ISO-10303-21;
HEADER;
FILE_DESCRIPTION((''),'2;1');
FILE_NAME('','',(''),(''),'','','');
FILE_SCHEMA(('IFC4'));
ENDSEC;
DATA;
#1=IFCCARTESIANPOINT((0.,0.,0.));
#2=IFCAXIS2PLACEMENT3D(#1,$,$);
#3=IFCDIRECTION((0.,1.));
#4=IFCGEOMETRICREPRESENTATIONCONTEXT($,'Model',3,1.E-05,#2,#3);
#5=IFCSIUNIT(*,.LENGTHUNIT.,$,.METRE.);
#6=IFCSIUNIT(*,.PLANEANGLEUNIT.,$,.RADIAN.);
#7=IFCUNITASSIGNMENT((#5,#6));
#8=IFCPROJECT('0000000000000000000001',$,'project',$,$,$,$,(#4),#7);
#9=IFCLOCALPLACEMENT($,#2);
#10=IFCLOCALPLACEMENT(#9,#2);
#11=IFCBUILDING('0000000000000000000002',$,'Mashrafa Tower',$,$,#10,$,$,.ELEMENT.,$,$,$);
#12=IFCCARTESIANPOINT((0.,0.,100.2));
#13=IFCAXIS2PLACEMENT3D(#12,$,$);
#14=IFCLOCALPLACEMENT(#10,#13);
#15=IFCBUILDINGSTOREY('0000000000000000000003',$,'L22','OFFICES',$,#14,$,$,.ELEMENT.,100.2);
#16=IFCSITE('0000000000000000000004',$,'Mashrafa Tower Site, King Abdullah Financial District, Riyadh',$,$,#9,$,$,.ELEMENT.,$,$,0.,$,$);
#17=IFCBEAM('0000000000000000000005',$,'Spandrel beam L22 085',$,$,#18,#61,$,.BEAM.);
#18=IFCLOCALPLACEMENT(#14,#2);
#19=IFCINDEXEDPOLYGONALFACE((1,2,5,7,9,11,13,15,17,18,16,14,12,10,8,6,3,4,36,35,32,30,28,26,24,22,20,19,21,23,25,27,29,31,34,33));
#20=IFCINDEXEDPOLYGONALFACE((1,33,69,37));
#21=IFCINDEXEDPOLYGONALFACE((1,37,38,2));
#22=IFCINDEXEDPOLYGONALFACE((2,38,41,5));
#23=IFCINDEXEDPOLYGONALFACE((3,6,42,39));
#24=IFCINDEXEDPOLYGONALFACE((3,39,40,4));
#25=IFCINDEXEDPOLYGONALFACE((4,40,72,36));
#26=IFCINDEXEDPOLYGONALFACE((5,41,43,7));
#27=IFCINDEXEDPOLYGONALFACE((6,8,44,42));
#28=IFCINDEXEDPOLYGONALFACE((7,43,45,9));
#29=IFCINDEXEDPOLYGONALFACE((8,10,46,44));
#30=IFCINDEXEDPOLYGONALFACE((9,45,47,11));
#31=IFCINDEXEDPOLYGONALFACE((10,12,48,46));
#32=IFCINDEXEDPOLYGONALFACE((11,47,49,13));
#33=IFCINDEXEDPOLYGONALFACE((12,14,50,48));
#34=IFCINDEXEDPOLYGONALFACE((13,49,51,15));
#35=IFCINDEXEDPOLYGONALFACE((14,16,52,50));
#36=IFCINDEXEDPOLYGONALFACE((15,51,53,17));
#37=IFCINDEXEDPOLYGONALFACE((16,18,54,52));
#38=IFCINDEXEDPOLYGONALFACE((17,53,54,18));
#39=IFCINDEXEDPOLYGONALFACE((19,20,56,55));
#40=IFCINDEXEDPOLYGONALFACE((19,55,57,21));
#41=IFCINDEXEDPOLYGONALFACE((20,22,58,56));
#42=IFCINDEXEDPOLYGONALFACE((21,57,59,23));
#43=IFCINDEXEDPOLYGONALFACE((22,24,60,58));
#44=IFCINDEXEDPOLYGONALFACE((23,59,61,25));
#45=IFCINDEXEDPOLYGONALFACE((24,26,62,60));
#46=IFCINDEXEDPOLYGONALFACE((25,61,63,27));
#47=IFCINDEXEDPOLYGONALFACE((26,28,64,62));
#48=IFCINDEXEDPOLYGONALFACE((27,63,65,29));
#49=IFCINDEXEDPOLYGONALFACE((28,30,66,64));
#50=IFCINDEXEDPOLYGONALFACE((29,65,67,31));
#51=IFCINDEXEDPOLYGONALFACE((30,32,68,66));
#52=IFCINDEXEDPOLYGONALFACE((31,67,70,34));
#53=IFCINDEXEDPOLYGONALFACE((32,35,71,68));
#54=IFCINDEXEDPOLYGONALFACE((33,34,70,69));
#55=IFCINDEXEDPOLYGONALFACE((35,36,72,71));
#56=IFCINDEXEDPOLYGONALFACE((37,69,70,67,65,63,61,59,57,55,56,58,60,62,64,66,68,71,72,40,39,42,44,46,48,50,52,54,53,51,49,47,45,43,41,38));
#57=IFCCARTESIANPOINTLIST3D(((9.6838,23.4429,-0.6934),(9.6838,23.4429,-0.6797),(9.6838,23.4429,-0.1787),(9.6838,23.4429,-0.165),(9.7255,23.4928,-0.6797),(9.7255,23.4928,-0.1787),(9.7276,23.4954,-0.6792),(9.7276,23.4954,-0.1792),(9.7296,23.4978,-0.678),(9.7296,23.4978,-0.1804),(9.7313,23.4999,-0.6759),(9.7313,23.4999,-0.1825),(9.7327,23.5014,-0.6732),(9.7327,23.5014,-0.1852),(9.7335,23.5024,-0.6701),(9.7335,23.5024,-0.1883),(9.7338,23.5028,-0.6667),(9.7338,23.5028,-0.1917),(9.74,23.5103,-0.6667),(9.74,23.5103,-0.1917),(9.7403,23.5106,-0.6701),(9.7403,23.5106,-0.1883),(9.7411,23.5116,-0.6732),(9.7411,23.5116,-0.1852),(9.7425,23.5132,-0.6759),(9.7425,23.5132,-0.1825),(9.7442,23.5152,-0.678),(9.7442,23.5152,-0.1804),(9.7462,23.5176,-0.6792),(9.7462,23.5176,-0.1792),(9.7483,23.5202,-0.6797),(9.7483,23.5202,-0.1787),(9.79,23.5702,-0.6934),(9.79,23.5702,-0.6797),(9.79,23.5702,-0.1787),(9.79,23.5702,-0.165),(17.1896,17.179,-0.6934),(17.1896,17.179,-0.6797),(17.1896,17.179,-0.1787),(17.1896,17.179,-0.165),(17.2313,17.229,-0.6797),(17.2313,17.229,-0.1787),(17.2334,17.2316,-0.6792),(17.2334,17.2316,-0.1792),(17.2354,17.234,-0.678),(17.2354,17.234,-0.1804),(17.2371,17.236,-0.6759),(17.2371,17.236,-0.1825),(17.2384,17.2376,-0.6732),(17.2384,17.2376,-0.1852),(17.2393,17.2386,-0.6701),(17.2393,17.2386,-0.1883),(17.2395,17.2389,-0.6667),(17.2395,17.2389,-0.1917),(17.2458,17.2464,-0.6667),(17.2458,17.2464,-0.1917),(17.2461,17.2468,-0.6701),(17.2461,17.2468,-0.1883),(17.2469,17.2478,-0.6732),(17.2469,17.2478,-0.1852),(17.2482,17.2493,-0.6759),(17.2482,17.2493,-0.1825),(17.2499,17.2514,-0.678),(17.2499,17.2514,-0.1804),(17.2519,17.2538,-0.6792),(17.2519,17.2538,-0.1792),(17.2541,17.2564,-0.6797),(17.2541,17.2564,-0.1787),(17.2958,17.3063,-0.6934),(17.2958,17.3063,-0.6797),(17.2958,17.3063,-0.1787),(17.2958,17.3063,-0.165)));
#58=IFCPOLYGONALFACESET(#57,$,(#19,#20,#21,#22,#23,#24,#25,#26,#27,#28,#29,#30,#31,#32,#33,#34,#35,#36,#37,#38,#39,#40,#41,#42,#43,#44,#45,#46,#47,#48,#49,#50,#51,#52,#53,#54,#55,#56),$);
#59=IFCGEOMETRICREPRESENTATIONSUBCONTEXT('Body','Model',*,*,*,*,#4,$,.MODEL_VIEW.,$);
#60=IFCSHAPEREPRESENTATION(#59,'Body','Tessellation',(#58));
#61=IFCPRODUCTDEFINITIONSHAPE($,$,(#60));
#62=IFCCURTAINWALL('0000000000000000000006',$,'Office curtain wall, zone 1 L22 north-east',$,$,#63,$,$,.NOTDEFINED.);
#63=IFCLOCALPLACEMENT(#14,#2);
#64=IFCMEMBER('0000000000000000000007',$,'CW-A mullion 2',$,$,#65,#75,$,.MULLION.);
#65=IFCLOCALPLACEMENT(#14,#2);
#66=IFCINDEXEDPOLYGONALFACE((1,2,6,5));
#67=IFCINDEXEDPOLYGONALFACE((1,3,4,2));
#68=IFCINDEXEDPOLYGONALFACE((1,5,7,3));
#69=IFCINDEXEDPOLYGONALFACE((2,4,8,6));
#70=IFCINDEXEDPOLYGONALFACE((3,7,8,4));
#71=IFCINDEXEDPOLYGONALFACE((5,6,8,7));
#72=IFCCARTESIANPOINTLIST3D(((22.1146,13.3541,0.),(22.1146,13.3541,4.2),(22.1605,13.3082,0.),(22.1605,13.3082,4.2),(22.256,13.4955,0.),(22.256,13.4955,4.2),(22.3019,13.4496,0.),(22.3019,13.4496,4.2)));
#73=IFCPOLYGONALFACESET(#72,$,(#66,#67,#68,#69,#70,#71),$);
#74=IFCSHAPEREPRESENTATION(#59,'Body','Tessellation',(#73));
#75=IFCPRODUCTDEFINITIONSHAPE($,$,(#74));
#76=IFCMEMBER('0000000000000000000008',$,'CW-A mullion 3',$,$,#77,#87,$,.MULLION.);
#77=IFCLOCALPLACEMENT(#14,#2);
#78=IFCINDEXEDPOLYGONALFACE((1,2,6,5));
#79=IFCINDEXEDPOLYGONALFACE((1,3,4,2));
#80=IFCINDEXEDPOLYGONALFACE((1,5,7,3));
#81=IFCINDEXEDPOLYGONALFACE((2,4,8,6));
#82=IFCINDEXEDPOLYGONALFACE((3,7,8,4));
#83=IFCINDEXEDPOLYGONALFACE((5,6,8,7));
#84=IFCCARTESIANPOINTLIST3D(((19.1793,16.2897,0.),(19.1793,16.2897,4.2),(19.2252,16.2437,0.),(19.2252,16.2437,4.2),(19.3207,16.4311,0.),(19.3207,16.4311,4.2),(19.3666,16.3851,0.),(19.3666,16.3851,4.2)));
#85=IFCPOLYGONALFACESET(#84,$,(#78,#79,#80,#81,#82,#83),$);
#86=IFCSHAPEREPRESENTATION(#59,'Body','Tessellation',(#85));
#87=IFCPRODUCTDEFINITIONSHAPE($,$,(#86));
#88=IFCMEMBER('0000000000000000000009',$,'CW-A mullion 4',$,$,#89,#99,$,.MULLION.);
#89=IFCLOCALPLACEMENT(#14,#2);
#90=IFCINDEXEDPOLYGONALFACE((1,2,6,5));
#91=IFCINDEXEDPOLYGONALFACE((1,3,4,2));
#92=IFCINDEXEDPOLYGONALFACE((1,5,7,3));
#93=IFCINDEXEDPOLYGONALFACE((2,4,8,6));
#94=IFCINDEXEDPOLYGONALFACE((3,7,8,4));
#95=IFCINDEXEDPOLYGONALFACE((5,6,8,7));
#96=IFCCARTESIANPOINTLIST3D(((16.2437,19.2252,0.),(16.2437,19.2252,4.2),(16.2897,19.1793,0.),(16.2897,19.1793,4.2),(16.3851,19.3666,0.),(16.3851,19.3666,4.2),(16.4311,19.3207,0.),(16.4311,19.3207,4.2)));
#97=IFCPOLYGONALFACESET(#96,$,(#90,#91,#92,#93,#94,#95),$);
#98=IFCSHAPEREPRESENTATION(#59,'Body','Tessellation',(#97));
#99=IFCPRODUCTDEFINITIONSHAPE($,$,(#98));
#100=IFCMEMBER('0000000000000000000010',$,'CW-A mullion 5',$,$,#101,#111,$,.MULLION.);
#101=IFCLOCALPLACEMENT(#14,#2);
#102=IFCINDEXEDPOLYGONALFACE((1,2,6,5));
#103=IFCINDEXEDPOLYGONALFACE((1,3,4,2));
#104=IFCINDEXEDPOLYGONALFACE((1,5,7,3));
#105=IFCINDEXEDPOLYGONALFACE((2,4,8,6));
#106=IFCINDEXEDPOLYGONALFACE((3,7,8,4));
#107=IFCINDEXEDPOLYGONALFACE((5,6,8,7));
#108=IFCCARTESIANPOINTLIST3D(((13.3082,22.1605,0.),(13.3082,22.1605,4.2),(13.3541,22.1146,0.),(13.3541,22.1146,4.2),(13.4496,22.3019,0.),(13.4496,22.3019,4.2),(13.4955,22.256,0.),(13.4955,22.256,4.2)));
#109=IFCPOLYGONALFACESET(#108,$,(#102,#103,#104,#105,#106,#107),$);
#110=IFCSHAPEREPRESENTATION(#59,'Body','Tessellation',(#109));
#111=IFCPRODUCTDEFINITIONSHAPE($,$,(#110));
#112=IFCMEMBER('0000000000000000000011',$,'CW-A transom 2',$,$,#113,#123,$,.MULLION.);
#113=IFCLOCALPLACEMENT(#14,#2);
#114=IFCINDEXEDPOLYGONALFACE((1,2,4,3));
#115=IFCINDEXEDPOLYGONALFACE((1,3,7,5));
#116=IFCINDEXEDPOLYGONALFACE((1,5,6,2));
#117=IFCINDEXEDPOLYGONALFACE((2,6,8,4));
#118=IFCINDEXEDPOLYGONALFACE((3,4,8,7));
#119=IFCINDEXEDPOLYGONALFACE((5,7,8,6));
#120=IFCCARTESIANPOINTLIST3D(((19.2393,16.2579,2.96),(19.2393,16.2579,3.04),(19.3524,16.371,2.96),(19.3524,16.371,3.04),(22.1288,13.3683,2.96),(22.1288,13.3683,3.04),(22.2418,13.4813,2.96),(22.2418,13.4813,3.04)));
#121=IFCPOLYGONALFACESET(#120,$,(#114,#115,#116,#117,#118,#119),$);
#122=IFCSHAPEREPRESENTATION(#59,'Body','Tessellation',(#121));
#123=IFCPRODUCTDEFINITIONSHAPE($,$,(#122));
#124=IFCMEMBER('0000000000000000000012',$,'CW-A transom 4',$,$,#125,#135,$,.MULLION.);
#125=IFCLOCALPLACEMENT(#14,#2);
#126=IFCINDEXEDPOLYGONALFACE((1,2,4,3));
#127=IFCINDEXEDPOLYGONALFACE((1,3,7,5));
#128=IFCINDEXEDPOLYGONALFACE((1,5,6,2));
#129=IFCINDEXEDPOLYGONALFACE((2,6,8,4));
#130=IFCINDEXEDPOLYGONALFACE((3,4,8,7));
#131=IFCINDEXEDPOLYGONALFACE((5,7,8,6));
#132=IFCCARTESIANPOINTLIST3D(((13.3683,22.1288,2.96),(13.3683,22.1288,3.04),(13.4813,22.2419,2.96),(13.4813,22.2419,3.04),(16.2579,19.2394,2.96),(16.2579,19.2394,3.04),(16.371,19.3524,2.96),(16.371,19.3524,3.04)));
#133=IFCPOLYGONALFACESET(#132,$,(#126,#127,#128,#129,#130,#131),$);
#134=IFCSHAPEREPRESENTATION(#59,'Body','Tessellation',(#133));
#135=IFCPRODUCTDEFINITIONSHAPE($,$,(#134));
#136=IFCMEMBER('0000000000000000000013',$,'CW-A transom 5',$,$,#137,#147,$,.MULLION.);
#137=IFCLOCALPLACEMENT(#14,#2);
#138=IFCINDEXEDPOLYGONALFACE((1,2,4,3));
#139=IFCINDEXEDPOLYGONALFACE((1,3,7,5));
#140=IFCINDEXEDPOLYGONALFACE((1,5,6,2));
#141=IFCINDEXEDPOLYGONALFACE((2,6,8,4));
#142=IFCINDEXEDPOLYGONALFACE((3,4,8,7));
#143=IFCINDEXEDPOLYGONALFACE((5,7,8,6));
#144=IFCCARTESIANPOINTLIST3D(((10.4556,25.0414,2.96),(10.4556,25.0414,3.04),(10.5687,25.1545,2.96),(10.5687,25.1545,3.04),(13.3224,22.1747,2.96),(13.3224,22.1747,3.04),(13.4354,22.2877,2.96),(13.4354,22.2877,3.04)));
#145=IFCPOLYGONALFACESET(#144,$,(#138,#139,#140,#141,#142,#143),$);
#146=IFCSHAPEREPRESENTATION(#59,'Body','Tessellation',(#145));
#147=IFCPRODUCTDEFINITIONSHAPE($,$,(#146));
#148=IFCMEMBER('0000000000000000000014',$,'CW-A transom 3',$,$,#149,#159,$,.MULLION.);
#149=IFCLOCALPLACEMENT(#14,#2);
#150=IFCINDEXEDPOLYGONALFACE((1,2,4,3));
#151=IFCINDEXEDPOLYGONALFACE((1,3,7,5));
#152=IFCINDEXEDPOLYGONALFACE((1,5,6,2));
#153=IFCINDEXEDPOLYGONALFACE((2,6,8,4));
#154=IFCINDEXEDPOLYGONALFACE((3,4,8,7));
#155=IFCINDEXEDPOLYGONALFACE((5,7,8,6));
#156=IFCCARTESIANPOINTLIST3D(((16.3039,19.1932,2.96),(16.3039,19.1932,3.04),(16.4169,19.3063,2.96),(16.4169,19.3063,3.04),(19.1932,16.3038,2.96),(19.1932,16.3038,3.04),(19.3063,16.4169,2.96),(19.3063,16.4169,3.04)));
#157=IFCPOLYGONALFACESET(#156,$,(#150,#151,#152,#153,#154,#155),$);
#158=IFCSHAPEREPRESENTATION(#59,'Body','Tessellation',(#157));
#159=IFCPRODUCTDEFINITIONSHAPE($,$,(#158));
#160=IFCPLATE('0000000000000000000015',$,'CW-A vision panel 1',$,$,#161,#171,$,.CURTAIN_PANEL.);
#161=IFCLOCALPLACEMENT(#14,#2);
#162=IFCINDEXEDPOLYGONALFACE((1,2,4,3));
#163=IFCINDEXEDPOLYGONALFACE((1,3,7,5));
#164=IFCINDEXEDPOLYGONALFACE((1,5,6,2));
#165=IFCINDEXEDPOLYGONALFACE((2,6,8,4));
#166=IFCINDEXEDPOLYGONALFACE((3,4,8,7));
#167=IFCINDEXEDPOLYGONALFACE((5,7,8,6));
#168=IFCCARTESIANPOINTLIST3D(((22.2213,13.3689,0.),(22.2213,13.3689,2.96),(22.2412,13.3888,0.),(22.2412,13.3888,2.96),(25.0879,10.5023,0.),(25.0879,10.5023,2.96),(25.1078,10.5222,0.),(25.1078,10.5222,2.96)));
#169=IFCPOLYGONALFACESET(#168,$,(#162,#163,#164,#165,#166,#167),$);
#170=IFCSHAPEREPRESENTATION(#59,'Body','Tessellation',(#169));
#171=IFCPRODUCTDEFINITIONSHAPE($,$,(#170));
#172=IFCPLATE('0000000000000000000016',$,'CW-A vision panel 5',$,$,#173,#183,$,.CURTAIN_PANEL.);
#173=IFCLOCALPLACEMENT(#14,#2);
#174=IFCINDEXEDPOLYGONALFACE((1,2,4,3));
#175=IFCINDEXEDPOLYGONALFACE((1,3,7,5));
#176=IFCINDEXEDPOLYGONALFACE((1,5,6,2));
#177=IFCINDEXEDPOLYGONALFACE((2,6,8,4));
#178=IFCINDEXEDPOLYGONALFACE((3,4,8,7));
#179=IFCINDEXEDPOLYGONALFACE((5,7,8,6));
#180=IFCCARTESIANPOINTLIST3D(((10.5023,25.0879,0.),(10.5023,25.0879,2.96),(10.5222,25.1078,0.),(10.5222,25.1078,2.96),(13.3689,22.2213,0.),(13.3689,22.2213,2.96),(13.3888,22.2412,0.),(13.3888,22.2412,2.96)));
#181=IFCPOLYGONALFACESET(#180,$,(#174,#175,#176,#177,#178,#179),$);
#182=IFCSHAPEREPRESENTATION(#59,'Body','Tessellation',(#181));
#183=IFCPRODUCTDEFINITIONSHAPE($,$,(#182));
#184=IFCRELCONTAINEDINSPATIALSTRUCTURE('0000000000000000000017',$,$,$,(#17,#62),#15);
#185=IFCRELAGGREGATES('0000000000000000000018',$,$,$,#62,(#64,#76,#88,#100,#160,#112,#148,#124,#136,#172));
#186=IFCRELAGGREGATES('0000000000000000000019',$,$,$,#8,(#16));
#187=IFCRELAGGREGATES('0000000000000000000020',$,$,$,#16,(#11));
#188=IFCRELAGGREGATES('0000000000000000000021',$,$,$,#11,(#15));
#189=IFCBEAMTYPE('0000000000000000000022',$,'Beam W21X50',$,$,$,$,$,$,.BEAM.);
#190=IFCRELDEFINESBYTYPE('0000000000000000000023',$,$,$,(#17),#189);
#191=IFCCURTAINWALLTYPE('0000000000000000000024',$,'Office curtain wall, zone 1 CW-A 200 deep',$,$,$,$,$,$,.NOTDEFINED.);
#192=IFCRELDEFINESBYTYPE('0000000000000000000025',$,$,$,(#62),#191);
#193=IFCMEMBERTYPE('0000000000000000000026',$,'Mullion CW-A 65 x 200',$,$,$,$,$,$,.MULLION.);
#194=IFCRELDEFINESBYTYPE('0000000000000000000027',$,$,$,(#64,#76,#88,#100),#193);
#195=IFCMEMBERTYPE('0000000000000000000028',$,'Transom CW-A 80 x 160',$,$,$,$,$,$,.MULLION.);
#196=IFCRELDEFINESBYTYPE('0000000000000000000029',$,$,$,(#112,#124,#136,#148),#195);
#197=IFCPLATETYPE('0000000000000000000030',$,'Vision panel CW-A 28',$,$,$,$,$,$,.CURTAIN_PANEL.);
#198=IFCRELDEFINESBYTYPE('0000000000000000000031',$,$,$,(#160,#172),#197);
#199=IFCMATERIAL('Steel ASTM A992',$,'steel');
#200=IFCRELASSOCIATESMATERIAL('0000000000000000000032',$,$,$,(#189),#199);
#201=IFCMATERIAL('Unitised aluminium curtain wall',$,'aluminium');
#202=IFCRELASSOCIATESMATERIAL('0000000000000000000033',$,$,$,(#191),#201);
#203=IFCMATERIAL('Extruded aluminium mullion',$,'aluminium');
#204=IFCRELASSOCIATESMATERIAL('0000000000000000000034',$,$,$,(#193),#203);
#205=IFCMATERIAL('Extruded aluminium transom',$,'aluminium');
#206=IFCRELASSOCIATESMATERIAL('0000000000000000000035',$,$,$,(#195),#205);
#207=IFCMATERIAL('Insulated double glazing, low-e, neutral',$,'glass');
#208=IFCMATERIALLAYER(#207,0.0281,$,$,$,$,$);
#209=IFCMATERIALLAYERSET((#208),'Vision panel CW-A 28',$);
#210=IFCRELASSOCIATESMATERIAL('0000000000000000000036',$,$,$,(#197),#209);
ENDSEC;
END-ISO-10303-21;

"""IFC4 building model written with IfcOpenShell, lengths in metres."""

from ifc_helpers import new_model, si_unit, direction, frame, origin, origin_2d, place, context, subcontext, project, spatial, rectangle, i_section, extrude, source, transform, mapped, material, layer, layer_set, material_profile, profile_set, type_object, type_shapes, element, aggregate, save


model = new_model("IFC4")

# Units and contexts
model_context = context("Model", 3, precision=1e-05, world=origin(), true_north=direction((0.0, 1.0)))
body_context = subcontext(model_context, "Body", "Model", "MODEL_VIEW")
ifc_project = project(units=[si_unit("LENGTHUNIT", "METRE"), si_unit("PLANEANGLEUNIT", "RADIAN")], contexts=[model_context])

# Site, building, storey
site_placement = place(None, origin())
site = spatial("IfcSite", under=ifc_project, at=site_placement, Name="Mashrafa Tower Site, King Abdullah Financial District, Riyadh", CompositionType="ELEMENT", RefElevation=0.0)
building_placement = place(site_placement, origin())
building = spatial("IfcBuilding", under=site, at=building_placement, Name="Mashrafa Tower", CompositionType="ELEMENT")
storey_placement = place(building_placement, frame((0.0, 0.0, 100.2)))
storey = spatial("IfcBuildingStorey", under=building, at=storey_placement, Name="L22", Description="OFFICES", CompositionType="ELEMENT", Elevation=100.2)

# Beam
ifc_material_1 = material(Name="Steel ASTM A992", Category="steel")
ifc_material_profile_1 = material_profile(ifc_material_1, i_section(OverallWidth=0.1658, OverallDepth=0.5283, WebThickness=0.0098, FlangeThickness=0.0137, FilletRadius=0.0129, at=origin_2d()), Name="W21X50")
ifc_profile_set_1 = profile_set([ifc_material_profile_1], Name="Steel ASTM A992")
beam_type_1 = type_object("IfcBeamType", Name="Beam W21X50", PredefinedType="BEAM", material=ifc_profile_set_1)
beam_1_placement = place(storey_placement, frame((17.2427, 17.2427, -0.4292), z_axis=(-0.767767, 0.64073, 0.0), x_axis=(-0.64073, -0.767767, 0.0)))
element("IfcBeam", 1, at=beam_1_placement, inside=storey, type_object=beam_type_1, Name="Spandrel beam L22 085", PredefinedType="BEAM", context=body_context, shape_type="SweptSolid", body=[
    extrude(i_section(OverallWidth=0.1658, OverallDepth=0.5283, WebThickness=0.0098, FlangeThickness=0.0137, FilletRadius=0.0129, at=origin_2d()), origin(), (0.0, 0.0, 1.0), 9.7761),
])

# Curtain wall, members, plates
ifc_material_2 = material(Name="Unitised aluminium curtain wall", Category="aluminium")
curtain_wall_type = type_object("IfcCurtainWallType", Name="Office curtain wall, zone 1 CW-A 200 deep", PredefinedType="NOTDEFINED", material=ifc_material_2)
curtain_wall_placement = place(storey_placement, origin())
curtain_wall = element("IfcCurtainWall", 2, at=curtain_wall_placement, inside=storey, type_object=curtain_wall_type, Name="Office curtain wall, zone 1 L22 north-east", PredefinedType="NOTDEFINED")
ifc_material_3 = material(Name="Extruded aluminium mullion", Category="aluminium")
ifc_material_profile_2 = material_profile(ifc_material_3, rectangle(XDim=0.2, YDim=0.0649, at=origin_2d()), Name="Mullion 65x200")
ifc_profile_set_2 = profile_set([ifc_material_profile_2], Name="Extruded aluminium mullion")
member_type_1 = type_object("IfcMemberType", Name="Mullion CW-A 65 x 200", PredefinedType="MULLION", material=ifc_profile_set_2)
shared_shape_1 = source(origin(), body_context, "Body", "SweptSolid", [
    extrude(rectangle(XDim=0.2, YDim=0.0649, at=origin_2d()), origin(), (0.0, 0.0, 1.0), 4.2),
])
type_shapes(member_type_1, [shared_shape_1])
member_1_placement = place(storey_placement, frame((22.2083, 13.4019, 0.0), z_axis=(0.0, 0.0, 1.0), x_axis=(-0.707107, -0.707107, 0.0)))
member_1 = element("IfcMember", 3, at=member_1_placement, type_object=member_type_1, Name="CW-A mullion 2", PredefinedType="MULLION", context=body_context, shape_type="MappedRepresentation", body=[
    mapped(shared_shape_1, transform((0.0, 0.0, 0.0))),
])
member_2_placement = place(storey_placement, frame((19.2729, 16.3374, 0.0), z_axis=(0.0, 0.0, 1.0), x_axis=(-0.707107, -0.707107, 0.0)))
member_2 = element("IfcMember", 4, at=member_2_placement, type_object=member_type_1, Name="CW-A mullion 3", PredefinedType="MULLION", context=body_context, shape_type="MappedRepresentation", body=[
    mapped(shared_shape_1, transform((0.0, 0.0, 0.0))),
])
member_3_placement = place(storey_placement, frame((16.3374, 19.2729, 0.0), z_axis=(0.0, 0.0, 1.0), x_axis=(-0.707107, -0.707107, 0.0)))
member_3 = element("IfcMember", 5, at=member_3_placement, type_object=member_type_1, Name="CW-A mullion 4", PredefinedType="MULLION", context=body_context, shape_type="MappedRepresentation", body=[
    mapped(shared_shape_1, transform((0.0, 0.0, 0.0))),
])
member_4_placement = place(storey_placement, frame((13.4019, 22.2083, 0.0), z_axis=(0.0, 0.0, 1.0), x_axis=(-0.707107, -0.707107, 0.0)))
member_4 = element("IfcMember", 6, at=member_4_placement, type_object=member_type_1, Name="CW-A mullion 5", PredefinedType="MULLION", context=body_context, shape_type="MappedRepresentation", body=[
    mapped(shared_shape_1, transform((0.0, 0.0, 0.0))),
])
ifc_material_4 = material(Name="Extruded aluminium transom", Category="aluminium")
ifc_material_profile_3 = material_profile(ifc_material_4, rectangle(XDim=0.1599, YDim=0.0801, at=origin_2d()), Name="Transom 80x160")
ifc_profile_set_3 = profile_set([ifc_material_profile_3], Name="Extruded aluminium transom")
member_type_2 = type_object("IfcMemberType", Name="Transom CW-A 80 x 160", PredefinedType="MULLION", material=ifc_profile_set_3)
shared_shape_2 = source(origin(), body_context, "Body", "SweptSolid", [
    extrude(rectangle(XDim=0.1599, YDim=0.0801, at=origin_2d()), origin(), (0.0, 0.0, 1.0), 4.0864),
])
member_5_placement = place(storey_placement, frame((22.1853, 13.4248, 3.0), z_axis=(-0.707077, 0.707137, 0.0), x_axis=(-0.707137, -0.707077, 0.0)))
member_5 = element("IfcMember", 7, at=member_5_placement, type_object=member_type_2, Name="CW-A transom 2", PredefinedType="MULLION", context=body_context, shape_type="MappedRepresentation", body=[
    mapped(shared_shape_2, transform((0.0, 0.0, 0.0))),
])
member_6_placement = place(storey_placement, frame((16.3145, 19.2959, 3.0), z_axis=(-0.707137, 0.707077, 0.0), x_axis=(-0.707077, -0.707137, 0.0)))
member_6 = element("IfcMember", 8, at=member_6_placement, type_object=member_type_2, Name="CW-A transom 4", PredefinedType="MULLION", context=body_context, shape_type="MappedRepresentation", body=[
    mapped(shared_shape_2, transform((0.0, 0.0, 0.0))),
])
shared_shape_3 = source(origin(), body_context, "Body", "SweptSolid", [
    extrude(rectangle(XDim=0.1599, YDim=0.0801, at=origin_2d()), origin(), (0.0, 0.0, 1.0), 4.0542),
])
member_7_placement = place(storey_placement, frame((13.3789, 22.2312, 3.0), z_axis=(-0.707107, 0.707107, 0.0), x_axis=(-0.707107, -0.707107, 0.0)))
member_7 = element("IfcMember", 9, at=member_7_placement, type_object=member_type_2, Name="CW-A transom 5", PredefinedType="MULLION", context=body_context, shape_type="MappedRepresentation", body=[
    mapped(shared_shape_3, transform((0.0, 0.0, 0.0))),
])
shared_shape_4 = source(origin(), body_context, "Body", "SweptSolid", [
    extrude(rectangle(XDim=0.1599, YDim=0.0801, at=origin_2d()), origin(), (0.0, 0.0, 1.0), 4.0862),
])
type_shapes(member_type_2, [shared_shape_2, shared_shape_3, shared_shape_4])
member_8_placement = place(storey_placement, frame((19.2498, 16.3604, 3.0), z_axis=(-0.707107, 0.707107, 0.0), x_axis=(-0.707107, -0.707107, 0.0)))
member_8 = element("IfcMember", 10, at=member_8_placement, type_object=member_type_2, Name="CW-A transom 3", PredefinedType="MULLION", context=body_context, shape_type="MappedRepresentation", body=[
    mapped(shared_shape_4, transform((0.0, 0.0, 0.0))),
])
ifc_material_5 = material(Name="Insulated double glazing, low-e, neutral", Category="glass")
ifc_layer_1 = layer(ifc_material_5, 0.0281)
ifc_layer_set_1 = layer_set([ifc_layer_1], Name="Vision panel CW-A 28")
plate_type_1 = type_object("IfcPlateType", Name="Vision panel CW-A 28", PredefinedType="CURTAIN_PANEL", material=ifc_layer_set_1)
shared_shape_5 = source(origin(), body_context, "Body", "SweptSolid", [
    extrude(rectangle(XDim=4.054, YDim=0.0281, at=origin_2d()), origin(), (0.0, 0.0, 1.0), 2.96),
])
plate_1_placement = place(storey_placement, frame((23.6646, 11.9456, 0.0), z_axis=(0.0, 0.0, 1.0), x_axis=(-0.707107, 0.707107, 0.0)))
plate_1 = element("IfcPlate", 11, at=plate_1_placement, type_object=plate_type_1, Name="CW-A vision panel 1", PredefinedType="CURTAIN_PANEL", context=body_context, shape_type="MappedRepresentation", body=[
    mapped(shared_shape_5, transform((0.0, 0.0, 0.0))),
])
plate_2_placement = place(storey_placement, frame((11.9456, 23.6646, 0.0), z_axis=(0.0, 0.0, 1.0), x_axis=(-0.707107, 0.707107, 0.0)))
plate_2 = element("IfcPlate", 12, at=plate_2_placement, type_object=plate_type_1, Name="CW-A vision panel 5", PredefinedType="CURTAIN_PANEL", context=body_context, shape_type="MappedRepresentation", body=[
    mapped(shared_shape_5, transform((0.0, 0.0, 0.0))),
])
aggregate(curtain_wall, [member_1, member_2, member_3, member_4, plate_1, member_5, member_8, member_6, member_7, plate_2])

save(model, "model.ifc")
